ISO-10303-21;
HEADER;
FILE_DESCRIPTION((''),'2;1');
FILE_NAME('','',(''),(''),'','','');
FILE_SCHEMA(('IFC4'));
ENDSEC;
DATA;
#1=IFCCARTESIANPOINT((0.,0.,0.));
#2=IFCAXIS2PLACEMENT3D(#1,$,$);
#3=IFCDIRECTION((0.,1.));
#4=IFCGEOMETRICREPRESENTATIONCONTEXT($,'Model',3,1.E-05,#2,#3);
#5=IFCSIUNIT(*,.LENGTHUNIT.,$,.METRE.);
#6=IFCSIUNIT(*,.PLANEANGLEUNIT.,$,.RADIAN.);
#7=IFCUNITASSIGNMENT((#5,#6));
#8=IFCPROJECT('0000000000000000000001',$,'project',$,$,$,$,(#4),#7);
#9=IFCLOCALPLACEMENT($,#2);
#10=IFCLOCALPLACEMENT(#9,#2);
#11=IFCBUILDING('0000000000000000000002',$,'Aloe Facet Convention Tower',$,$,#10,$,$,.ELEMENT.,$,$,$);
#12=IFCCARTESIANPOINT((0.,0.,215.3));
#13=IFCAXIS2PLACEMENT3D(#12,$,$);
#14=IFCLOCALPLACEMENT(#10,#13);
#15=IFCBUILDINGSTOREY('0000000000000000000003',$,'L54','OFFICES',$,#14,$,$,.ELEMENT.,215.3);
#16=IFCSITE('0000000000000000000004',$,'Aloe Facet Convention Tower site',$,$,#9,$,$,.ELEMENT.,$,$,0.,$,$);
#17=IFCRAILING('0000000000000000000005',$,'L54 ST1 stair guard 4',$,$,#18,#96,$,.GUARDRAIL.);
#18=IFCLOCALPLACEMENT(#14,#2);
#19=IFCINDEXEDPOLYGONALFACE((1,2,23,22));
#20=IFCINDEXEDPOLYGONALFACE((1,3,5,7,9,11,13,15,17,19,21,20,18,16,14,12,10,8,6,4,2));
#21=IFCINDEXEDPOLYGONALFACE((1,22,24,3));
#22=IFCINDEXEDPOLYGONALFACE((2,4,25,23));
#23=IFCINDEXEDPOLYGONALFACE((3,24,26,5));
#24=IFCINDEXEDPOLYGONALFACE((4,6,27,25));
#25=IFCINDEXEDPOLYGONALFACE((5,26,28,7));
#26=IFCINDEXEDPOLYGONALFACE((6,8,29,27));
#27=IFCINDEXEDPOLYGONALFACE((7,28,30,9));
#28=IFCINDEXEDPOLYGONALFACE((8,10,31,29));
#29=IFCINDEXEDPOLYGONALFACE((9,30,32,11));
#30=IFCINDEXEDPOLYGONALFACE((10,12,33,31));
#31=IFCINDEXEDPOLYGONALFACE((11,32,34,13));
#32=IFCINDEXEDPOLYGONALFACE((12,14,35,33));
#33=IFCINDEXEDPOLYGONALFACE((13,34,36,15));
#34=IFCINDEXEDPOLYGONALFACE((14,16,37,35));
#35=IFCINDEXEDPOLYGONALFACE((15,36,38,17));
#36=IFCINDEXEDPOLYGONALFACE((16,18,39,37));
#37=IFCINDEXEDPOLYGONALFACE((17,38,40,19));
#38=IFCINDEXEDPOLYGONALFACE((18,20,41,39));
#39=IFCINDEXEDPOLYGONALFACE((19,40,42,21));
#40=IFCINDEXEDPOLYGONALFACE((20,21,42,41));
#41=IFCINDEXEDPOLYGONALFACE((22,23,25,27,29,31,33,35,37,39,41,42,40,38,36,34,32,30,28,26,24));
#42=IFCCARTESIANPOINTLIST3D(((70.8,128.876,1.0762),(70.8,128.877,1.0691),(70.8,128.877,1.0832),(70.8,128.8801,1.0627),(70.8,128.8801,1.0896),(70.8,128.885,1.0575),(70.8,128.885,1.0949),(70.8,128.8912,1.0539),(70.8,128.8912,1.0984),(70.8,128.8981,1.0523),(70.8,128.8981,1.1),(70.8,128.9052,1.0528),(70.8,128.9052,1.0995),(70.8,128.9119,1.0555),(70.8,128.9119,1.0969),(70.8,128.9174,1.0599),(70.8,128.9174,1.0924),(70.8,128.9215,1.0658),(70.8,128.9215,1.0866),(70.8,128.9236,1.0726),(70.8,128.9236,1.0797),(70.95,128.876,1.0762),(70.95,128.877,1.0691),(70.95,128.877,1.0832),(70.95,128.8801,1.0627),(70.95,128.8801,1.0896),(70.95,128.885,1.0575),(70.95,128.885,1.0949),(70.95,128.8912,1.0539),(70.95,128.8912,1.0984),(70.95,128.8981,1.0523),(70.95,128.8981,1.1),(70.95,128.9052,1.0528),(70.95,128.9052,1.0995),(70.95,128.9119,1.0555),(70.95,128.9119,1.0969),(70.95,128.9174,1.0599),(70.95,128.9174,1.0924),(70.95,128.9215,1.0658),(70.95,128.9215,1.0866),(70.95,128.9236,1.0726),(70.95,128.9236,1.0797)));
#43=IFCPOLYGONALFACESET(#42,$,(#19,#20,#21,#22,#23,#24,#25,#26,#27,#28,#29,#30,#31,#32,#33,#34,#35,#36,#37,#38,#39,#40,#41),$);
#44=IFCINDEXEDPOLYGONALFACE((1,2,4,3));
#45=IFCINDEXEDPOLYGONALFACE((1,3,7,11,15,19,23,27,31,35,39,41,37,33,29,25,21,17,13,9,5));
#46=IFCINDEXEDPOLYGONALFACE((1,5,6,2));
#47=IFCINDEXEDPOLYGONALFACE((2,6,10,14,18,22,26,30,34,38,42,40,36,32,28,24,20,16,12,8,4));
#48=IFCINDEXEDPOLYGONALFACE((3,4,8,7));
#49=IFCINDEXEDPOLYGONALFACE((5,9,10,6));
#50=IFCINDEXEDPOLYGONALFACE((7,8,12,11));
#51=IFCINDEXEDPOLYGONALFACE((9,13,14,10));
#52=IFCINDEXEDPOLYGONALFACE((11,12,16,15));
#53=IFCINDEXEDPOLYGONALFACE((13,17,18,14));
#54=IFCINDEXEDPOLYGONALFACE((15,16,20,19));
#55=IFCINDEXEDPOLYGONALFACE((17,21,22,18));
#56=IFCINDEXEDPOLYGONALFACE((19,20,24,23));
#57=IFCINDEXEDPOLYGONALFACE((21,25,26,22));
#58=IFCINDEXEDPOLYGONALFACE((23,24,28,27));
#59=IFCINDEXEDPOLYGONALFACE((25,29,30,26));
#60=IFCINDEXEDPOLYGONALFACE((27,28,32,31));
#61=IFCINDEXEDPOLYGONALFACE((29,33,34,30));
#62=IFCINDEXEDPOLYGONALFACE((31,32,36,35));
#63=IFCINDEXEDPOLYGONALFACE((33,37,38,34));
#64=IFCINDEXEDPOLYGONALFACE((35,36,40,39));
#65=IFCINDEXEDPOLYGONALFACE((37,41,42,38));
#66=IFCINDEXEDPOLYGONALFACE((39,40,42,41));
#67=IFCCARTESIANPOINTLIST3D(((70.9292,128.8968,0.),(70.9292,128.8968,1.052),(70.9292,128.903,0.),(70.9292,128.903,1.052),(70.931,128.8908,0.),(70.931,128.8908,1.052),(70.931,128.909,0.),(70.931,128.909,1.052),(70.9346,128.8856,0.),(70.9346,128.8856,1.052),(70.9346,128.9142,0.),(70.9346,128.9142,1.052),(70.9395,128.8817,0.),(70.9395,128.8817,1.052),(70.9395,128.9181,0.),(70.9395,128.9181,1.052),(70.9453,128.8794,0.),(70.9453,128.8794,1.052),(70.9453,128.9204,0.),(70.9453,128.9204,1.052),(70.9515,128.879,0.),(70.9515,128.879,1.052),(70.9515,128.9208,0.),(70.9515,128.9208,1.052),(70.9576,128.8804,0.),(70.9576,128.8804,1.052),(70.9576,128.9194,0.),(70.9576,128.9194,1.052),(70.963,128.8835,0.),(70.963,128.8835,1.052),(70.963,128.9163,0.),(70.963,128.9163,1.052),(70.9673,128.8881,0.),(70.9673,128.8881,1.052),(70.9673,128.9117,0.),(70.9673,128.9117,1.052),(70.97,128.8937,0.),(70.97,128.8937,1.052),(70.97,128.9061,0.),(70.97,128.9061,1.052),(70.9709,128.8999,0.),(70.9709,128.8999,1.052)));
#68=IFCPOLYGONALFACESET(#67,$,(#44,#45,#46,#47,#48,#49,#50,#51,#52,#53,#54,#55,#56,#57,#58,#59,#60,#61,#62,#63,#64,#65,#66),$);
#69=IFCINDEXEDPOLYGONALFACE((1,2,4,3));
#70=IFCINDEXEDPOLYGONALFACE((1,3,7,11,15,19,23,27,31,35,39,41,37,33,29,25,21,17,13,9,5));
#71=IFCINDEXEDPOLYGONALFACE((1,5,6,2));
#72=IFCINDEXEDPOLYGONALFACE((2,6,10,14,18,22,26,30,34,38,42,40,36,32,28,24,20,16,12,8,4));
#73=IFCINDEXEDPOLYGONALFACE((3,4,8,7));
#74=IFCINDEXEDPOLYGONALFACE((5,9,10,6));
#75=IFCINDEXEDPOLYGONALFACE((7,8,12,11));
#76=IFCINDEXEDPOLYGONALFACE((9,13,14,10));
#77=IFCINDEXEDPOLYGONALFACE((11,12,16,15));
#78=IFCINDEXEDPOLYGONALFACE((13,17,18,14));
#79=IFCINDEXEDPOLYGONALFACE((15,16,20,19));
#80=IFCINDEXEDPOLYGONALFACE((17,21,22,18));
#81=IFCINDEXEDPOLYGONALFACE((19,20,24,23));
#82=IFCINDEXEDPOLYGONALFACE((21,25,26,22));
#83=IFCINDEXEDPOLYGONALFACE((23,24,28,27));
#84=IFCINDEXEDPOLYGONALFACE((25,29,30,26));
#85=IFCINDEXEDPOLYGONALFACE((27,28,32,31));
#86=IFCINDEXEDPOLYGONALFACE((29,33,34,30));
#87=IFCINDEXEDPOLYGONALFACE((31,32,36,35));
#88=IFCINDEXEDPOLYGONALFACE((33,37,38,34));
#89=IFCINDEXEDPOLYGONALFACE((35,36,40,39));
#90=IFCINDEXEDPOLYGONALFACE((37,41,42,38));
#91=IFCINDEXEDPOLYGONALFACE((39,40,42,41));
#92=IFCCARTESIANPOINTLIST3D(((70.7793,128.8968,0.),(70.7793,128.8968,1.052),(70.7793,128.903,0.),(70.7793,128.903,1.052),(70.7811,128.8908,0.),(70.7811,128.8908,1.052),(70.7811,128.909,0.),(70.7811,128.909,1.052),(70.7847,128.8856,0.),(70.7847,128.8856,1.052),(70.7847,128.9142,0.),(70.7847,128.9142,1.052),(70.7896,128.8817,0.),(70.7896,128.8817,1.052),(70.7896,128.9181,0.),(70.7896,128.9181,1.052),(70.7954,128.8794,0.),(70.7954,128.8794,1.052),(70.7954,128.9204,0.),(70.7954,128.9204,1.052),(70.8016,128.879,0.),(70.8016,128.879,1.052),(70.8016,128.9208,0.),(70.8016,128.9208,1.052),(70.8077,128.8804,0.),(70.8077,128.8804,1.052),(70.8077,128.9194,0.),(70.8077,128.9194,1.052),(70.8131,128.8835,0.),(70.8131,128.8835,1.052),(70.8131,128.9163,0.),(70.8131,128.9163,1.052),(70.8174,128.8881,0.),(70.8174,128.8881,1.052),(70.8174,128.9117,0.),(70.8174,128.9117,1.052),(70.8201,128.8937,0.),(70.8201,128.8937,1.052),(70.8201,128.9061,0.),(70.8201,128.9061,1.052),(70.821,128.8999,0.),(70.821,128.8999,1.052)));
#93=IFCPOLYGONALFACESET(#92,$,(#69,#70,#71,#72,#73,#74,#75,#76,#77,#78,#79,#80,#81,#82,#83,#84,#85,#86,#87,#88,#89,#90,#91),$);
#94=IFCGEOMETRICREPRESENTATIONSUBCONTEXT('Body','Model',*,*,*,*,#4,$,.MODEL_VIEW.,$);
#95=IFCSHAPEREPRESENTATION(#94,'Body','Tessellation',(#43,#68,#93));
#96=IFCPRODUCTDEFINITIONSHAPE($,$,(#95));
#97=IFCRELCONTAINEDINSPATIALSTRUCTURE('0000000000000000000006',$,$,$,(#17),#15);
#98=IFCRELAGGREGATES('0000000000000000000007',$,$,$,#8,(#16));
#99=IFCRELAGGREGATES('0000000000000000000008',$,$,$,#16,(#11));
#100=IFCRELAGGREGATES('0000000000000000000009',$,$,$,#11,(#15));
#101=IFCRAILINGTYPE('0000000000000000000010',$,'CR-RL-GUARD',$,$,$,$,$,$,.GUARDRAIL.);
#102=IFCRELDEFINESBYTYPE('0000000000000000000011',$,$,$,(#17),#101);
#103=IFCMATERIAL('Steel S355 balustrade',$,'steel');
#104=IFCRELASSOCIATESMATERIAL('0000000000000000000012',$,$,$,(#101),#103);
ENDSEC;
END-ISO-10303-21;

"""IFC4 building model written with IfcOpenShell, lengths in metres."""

from ifc_helpers import new_model, si_unit, direction, frame, origin, origin_2d, place, context, subcontext, project, spatial, circle, extrude, material, type_object, element, save


model = new_model("IFC4")

# Units and contexts
model_context = context("Model", 3, precision=1e-05, world=origin(), true_north=direction((0.0, 1.0)))
body_context = subcontext(model_context, "Body", "Model", "MODEL_VIEW")
ifc_project = project(units=[si_unit("LENGTHUNIT", "METRE"), si_unit("PLANEANGLEUNIT", "RADIAN")], contexts=[model_context])

# Site, building, storey
site_placement = place(None, origin())
site = spatial("IfcSite", under=ifc_project, at=site_placement, Name="Aloe Facet Convention Tower site", CompositionType="ELEMENT", RefElevation=0.0)
building_placement = place(site_placement, origin())
building = spatial("IfcBuilding", under=site, at=building_placement, Name="Aloe Facet Convention Tower", CompositionType="ELEMENT")
storey_placement = place(building_placement, frame((0.0, 0.0, 215.3)))
storey = spatial("IfcBuildingStorey", under=building, at=storey_placement, Name="L54", Description="OFFICES", CompositionType="ELEMENT", Elevation=215.3)

# Railing
ifc_material_1 = material(Name="Steel S355 balustrade", Category="steel")
railing_type = type_object("IfcRailingType", Name="CR-RL-GUARD", PredefinedType="GUARDRAIL", material=ifc_material_1)
railing_placement = place(storey_placement, frame((70.95, 128.8999, 0.0)))
element("IfcRailing", 1, at=railing_placement, inside=storey, type_object=railing_type, Name="L54 ST1 stair guard 4", PredefinedType="GUARDRAIL", context=body_context, shape_type="SweptSolid", body=[
    extrude(circle(Radius=0.0239, at=origin_2d()), frame((0.0, 0.0, 1.0762), z_axis=(-1.0, 0.0, 0.0), x_axis=(0.0, -1.0, 0.0)), (0.0, 0.0, 1.0), 0.1499),
    extrude(circle(Radius=0.021, at=origin_2d()), origin(), (0.0, 0.0, 1.0), 1.052),
    extrude(circle(Radius=0.021, at=origin_2d()), frame((-0.1499, 0.0, 0.0)), (0.0, 0.0, 1.0), 1.052),
])

save(model, "model.ifc")
